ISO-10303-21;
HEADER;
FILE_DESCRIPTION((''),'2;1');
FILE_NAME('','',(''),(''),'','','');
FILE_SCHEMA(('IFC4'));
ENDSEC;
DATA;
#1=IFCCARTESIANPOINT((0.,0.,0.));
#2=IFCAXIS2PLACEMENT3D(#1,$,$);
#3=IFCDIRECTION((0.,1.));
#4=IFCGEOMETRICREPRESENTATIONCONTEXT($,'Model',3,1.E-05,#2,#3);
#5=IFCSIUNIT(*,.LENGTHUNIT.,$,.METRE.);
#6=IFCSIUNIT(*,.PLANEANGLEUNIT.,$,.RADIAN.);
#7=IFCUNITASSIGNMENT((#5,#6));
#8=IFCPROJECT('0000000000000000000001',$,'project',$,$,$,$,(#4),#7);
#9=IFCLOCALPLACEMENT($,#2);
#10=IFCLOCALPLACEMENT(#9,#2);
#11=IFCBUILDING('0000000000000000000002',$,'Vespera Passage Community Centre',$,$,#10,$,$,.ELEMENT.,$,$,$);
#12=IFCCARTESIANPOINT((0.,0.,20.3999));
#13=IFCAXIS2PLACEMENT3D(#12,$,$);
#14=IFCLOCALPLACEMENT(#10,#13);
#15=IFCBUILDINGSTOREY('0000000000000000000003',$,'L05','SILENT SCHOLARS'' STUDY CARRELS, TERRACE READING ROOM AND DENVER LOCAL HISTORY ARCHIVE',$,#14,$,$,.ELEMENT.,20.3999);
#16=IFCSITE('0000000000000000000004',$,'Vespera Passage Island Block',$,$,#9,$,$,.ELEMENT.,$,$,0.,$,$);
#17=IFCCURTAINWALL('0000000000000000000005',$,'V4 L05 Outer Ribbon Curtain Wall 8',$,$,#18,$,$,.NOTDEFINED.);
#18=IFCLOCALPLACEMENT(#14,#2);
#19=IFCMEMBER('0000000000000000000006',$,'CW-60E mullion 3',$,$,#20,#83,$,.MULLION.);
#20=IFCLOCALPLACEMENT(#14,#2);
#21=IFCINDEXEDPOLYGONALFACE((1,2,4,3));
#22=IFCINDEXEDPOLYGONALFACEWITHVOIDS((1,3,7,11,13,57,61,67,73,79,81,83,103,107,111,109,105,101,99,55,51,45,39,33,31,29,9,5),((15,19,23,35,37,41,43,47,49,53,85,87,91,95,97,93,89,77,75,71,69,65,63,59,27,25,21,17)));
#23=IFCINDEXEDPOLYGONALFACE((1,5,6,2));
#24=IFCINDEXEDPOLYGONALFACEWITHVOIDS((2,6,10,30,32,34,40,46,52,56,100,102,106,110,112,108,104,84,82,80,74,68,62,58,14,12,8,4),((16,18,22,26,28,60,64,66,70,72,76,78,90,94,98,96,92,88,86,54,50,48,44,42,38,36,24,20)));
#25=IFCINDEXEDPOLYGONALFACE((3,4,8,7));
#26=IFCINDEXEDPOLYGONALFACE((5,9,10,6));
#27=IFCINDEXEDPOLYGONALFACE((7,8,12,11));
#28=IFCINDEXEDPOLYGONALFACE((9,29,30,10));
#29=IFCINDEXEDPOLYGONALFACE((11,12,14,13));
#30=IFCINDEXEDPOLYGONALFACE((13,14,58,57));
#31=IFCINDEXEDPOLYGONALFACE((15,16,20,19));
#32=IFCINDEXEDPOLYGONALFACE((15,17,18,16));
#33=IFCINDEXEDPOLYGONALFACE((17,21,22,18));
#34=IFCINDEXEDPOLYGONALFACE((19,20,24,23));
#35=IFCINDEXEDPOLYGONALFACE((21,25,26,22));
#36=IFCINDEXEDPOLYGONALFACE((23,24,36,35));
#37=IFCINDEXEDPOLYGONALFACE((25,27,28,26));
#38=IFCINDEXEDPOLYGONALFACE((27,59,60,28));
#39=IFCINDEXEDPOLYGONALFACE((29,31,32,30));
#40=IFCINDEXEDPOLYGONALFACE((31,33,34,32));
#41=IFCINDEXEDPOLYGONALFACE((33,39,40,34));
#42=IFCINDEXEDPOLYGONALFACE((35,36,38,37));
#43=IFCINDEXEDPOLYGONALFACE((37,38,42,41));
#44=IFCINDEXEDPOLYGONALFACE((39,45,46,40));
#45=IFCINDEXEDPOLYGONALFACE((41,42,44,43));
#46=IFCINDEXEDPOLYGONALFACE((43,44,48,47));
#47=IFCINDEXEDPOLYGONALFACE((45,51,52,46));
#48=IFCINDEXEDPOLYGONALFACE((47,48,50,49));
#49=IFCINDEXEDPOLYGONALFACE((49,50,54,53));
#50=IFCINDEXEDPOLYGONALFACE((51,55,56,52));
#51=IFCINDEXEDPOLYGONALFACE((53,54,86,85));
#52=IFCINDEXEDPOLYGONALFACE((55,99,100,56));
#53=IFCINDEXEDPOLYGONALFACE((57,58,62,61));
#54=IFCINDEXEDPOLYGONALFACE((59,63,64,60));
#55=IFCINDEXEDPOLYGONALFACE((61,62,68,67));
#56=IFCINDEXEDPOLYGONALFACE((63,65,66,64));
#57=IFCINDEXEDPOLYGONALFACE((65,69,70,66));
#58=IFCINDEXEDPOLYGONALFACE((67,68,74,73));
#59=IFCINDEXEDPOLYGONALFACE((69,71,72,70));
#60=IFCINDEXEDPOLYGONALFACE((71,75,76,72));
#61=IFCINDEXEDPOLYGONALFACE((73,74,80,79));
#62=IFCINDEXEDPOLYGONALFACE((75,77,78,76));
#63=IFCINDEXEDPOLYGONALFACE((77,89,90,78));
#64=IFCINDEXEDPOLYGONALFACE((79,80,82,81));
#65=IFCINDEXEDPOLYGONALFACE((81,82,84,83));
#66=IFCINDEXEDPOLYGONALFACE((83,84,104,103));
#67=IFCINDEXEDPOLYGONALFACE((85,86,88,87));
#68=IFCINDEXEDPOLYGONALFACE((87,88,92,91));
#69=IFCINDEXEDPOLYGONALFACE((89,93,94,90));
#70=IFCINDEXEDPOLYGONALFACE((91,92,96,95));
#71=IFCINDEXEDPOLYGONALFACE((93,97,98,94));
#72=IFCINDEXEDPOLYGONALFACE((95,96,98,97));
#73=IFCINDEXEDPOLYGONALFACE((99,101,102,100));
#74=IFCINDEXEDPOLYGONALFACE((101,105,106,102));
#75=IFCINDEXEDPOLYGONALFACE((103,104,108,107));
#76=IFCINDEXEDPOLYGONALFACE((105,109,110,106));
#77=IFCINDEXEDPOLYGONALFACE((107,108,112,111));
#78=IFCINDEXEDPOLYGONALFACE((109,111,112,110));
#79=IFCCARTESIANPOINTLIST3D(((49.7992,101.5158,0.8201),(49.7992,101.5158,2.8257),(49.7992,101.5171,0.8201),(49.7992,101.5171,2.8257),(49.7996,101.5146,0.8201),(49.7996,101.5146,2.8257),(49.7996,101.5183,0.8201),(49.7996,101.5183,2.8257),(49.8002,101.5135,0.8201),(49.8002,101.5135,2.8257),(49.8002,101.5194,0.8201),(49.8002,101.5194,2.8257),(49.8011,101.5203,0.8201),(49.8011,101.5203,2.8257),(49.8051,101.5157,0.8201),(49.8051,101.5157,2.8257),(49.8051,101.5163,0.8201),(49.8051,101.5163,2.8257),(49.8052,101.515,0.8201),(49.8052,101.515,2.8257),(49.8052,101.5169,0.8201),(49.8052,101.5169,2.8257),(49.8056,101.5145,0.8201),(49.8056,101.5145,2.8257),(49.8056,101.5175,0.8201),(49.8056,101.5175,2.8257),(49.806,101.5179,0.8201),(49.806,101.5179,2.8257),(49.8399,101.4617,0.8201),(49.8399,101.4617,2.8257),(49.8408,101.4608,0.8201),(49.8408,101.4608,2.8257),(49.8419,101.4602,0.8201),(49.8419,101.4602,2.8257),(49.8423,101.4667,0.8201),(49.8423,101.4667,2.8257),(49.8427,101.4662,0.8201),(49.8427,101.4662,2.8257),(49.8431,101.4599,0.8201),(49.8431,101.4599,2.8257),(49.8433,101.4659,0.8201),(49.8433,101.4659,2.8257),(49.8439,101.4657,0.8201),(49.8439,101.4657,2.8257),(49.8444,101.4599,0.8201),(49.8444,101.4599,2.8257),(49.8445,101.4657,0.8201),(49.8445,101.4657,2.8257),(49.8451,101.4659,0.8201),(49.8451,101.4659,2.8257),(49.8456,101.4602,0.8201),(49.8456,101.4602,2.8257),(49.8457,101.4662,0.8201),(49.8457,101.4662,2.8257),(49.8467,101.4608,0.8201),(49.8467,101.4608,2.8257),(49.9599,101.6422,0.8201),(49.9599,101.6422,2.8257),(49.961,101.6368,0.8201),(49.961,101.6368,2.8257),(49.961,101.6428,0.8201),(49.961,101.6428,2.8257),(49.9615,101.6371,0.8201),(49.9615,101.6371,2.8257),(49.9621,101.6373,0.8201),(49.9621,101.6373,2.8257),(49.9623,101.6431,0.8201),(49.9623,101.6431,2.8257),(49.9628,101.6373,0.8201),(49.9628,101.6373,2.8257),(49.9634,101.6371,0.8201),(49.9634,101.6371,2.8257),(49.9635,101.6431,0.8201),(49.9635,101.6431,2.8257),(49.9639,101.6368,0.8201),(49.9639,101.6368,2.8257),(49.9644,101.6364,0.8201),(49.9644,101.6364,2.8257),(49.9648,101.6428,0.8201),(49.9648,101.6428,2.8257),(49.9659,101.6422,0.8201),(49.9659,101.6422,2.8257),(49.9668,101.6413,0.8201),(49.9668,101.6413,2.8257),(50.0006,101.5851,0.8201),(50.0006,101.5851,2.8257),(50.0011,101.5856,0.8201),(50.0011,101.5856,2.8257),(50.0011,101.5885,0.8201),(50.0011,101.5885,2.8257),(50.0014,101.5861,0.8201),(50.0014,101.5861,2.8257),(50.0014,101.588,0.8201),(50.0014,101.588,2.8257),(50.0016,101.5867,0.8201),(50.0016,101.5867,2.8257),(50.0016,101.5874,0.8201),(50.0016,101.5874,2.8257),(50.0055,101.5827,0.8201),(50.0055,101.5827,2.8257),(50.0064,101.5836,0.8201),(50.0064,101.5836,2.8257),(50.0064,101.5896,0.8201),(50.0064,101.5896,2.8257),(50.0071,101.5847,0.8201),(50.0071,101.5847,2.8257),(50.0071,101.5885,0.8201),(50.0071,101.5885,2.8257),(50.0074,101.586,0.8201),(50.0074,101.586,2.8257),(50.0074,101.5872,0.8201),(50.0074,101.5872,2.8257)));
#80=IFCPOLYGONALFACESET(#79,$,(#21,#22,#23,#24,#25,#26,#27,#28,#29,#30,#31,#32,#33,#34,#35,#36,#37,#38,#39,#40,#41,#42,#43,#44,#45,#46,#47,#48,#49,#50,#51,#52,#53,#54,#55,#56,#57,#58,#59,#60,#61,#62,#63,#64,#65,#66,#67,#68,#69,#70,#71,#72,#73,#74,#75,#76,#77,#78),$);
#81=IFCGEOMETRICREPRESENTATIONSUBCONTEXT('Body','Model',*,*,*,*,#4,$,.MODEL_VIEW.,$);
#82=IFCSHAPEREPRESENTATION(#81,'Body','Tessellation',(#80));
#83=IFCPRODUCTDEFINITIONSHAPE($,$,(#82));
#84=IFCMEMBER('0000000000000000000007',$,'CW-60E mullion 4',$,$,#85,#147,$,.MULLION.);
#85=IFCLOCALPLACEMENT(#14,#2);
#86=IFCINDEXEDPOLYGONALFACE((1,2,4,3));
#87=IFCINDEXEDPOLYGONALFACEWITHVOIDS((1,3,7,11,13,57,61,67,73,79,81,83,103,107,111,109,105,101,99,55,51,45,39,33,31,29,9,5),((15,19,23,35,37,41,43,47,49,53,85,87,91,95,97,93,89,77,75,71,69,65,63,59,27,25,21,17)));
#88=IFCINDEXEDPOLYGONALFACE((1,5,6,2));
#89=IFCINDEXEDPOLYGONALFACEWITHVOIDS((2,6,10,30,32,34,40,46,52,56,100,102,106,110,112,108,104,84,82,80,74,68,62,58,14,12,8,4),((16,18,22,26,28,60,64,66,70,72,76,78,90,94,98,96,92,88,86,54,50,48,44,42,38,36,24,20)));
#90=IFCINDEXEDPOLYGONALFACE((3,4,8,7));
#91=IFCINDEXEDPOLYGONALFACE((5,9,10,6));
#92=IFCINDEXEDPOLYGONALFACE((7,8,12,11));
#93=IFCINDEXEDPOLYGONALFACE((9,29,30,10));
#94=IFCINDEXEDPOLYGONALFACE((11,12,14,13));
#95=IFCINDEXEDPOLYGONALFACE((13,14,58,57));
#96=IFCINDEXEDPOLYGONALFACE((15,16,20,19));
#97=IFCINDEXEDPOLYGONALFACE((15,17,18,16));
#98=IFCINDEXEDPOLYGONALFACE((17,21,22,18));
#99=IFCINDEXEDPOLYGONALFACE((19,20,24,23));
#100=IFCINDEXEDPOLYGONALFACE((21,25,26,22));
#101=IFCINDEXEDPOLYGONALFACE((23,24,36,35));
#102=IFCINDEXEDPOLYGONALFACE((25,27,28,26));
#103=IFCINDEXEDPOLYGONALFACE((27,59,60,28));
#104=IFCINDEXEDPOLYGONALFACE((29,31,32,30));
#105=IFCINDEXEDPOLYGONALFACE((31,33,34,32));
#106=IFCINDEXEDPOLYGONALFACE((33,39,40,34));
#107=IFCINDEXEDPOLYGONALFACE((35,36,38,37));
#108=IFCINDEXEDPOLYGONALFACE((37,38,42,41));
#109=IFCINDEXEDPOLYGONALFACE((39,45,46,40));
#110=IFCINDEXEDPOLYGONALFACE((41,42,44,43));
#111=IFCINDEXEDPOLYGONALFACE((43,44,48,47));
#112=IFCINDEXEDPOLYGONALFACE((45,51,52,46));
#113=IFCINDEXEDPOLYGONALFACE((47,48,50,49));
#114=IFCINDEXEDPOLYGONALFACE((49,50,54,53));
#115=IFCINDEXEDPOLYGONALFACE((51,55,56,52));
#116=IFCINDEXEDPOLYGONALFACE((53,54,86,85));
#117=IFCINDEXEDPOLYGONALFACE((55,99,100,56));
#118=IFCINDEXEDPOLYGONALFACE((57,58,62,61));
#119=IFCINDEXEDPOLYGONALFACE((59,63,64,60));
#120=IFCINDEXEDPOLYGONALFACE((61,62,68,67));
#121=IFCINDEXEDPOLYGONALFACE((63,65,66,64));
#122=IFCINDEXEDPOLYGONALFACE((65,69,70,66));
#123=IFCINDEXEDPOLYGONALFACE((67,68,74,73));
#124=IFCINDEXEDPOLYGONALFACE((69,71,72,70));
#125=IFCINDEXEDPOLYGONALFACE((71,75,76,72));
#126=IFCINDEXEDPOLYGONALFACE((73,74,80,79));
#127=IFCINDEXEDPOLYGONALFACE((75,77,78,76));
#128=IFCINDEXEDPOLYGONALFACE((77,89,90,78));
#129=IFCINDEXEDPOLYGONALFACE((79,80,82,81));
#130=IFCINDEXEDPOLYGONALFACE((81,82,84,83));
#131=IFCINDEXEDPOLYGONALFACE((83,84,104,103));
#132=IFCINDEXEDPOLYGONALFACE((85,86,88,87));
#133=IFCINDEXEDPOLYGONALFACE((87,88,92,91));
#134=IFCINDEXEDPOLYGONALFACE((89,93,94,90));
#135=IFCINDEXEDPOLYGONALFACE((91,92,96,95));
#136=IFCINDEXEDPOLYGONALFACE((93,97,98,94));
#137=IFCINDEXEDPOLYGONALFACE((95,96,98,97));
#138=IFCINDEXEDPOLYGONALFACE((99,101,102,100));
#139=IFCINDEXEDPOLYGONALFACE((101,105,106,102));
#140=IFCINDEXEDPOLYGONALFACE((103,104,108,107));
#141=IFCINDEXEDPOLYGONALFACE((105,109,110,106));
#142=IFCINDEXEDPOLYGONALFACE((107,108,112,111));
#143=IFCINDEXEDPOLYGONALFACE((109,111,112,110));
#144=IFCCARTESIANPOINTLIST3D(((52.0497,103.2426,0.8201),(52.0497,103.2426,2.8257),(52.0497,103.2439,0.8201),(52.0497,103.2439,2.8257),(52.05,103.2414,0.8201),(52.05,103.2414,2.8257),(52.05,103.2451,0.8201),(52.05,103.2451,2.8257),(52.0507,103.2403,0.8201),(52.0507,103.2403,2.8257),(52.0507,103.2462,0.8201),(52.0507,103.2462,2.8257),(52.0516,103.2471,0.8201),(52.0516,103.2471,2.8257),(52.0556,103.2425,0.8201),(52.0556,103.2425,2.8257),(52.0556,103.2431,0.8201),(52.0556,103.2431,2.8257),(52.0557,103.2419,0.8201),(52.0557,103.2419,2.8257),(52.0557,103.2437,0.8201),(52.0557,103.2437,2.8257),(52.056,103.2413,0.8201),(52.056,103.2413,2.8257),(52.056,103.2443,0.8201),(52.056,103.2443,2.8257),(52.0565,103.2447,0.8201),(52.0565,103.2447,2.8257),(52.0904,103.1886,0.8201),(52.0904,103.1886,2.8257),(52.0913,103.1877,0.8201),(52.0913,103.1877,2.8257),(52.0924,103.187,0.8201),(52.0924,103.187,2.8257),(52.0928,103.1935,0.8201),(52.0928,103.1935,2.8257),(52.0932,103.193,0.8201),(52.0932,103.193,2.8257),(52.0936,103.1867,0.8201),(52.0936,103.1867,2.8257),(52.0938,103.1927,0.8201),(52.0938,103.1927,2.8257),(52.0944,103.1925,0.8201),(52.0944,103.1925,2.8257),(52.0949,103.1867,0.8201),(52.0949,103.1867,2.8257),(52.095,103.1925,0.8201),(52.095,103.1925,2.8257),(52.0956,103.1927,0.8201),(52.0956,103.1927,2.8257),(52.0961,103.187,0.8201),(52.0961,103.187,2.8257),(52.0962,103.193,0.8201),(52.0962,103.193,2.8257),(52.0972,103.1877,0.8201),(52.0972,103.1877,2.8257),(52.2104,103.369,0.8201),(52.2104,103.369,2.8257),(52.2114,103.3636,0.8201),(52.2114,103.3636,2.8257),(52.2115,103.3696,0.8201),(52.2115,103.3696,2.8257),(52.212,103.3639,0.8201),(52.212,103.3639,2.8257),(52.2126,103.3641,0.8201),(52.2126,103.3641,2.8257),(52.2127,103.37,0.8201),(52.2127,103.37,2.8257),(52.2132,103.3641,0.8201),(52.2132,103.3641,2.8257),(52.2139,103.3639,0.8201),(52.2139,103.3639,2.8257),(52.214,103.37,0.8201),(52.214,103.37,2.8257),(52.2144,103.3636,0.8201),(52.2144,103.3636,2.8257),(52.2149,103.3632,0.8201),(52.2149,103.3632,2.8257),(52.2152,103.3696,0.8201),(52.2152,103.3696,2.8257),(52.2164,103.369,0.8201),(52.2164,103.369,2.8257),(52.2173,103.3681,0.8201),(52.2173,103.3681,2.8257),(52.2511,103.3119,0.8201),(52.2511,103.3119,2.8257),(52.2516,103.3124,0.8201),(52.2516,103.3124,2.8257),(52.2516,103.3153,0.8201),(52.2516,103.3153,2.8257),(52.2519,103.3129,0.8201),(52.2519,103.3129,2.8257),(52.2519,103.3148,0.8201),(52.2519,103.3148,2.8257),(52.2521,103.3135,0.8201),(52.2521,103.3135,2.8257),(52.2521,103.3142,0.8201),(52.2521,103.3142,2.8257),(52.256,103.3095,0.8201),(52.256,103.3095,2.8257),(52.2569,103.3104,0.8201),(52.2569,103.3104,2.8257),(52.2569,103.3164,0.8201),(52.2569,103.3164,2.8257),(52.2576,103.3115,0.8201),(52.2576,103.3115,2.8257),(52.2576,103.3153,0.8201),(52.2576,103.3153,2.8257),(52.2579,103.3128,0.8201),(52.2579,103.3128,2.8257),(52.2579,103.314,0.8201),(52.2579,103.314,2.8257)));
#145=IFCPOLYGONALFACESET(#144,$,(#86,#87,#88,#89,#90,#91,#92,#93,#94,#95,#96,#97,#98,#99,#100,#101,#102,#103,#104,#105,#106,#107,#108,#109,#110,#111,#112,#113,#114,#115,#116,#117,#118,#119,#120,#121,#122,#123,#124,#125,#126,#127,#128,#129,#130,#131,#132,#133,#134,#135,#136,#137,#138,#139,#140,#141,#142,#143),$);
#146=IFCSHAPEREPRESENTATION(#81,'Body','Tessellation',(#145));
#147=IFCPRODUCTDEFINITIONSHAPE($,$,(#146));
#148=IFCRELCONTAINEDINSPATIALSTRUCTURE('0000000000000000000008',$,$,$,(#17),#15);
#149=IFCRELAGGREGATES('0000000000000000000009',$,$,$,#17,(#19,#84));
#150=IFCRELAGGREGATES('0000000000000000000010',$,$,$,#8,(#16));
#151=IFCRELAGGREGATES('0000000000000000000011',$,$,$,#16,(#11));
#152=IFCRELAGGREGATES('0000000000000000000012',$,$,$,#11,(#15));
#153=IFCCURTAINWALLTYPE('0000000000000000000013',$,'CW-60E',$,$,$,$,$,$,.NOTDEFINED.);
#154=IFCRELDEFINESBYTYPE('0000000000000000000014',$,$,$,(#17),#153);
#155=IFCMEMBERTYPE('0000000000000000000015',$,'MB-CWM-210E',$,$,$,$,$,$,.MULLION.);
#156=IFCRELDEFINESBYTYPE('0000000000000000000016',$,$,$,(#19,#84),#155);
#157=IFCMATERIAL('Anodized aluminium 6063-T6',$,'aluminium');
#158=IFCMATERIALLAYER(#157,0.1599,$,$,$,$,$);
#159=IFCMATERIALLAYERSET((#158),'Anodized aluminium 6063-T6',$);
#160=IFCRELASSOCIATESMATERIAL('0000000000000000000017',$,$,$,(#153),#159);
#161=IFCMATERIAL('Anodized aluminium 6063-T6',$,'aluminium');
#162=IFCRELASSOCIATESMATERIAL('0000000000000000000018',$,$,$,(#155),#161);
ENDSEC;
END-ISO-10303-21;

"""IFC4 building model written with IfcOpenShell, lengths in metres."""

from ifc_helpers import new_model, si_unit, direction, frame, origin, origin_2d, place, context, subcontext, project, spatial, hollow_rectangle, extrude, material, layer, layer_set, material_profile, profile_set, type_object, element, aggregate, save


model = new_model("IFC4")

# Units and contexts
model_context = context("Model", 3, precision=1e-05, world=origin(), true_north=direction((0.0, 1.0)))
body_context = subcontext(model_context, "Body", "Model", "MODEL_VIEW")
ifc_project = project(units=[si_unit("LENGTHUNIT", "METRE"), si_unit("PLANEANGLEUNIT", "RADIAN")], contexts=[model_context])

# Site, building, storey
site_placement = place(None, origin())
site = spatial("IfcSite", under=ifc_project, at=site_placement, Name="Vespera Passage Island Block", CompositionType="ELEMENT", RefElevation=0.0)
building_placement = place(site_placement, origin())
building = spatial("IfcBuilding", under=site, at=building_placement, Name="Vespera Passage Community Centre", CompositionType="ELEMENT")
storey_placement = place(building_placement, frame((0.0, 0.0, 20.3999)))
storey = spatial("IfcBuildingStorey", under=building, at=storey_placement, Name="L05", Description="SILENT SCHOLARS' STUDY CARRELS, TERRACE READING ROOM AND DENVER LOCAL HISTORY ARCHIVE", CompositionType="ELEMENT", Elevation=20.3999)

# Curtain wall, members
ifc_material_1 = material(Name="Anodized aluminium 6063-T6", Category="aluminium")
ifc_layer_1 = layer(ifc_material_1, 0.1599)
ifc_layer_set_1 = layer_set([ifc_layer_1], Name="Anodized aluminium 6063-T6")
curtain_wall_type_1 = type_object("IfcCurtainWallType", Name="CW-60E", PredefinedType="NOTDEFINED", material=ifc_layer_set_1)
curtain_wall_1_placement = place(storey_placement, origin())
curtain_wall_1 = element("IfcCurtainWall", 1, at=curtain_wall_1_placement, inside=storey, type_object=curtain_wall_type_1, Name="V4 L05 Outer Ribbon Curtain Wall 8", PredefinedType="NOTDEFINED")
ifc_material_2 = material(Name="Anodized aluminium 6063-T6", Category="aluminium")
ifc_material_profile_1 = material_profile(ifc_material_2, hollow_rectangle(XDim=0.075, YDim=0.21, WallThickness=0.0049, InnerFilletRadius=0.0024, OuterFilletRadius=0.0049, at=origin_2d()), Name="ALU210X75X5")
ifc_profile_set_1 = profile_set([ifc_material_profile_1], Name="Anodized aluminium 6063-T6")
member_type_1 = type_object("IfcMemberType", Name="MB-CWM-210E", PredefinedType="MULLION", material=ifc_profile_set_1)
member_1_placement = place(storey_placement, frame((49.9033, 101.5515, 0.8201), z_axis=(0.0, 0.0, 1.0), x_axis=(-0.608768, 0.793348, 0.0)))
member_1 = element("IfcMember", 2, at=member_1_placement, type_object=member_type_1, Name="CW-60E mullion 3", PredefinedType="MULLION", context=body_context, shape_type="SweptSolid", body=[
    extrude(hollow_rectangle(XDim=0.075, YDim=0.21, WallThickness=0.0049, InnerFilletRadius=0.0024, OuterFilletRadius=0.0049, at=origin_2d()), origin(), (0.0, 0.0, 1.0), 2.0056),
])
member_2_placement = place(storey_placement, frame((52.1538, 103.2783, 0.8201), z_axis=(0.0, 0.0, 1.0), x_axis=(-0.608768, 0.793348, 0.0)))
member_2 = element("IfcMember", 3, at=member_2_placement, type_object=member_type_1, Name="CW-60E mullion 4", PredefinedType="MULLION", context=body_context, shape_type="SweptSolid", body=[
    extrude(hollow_rectangle(XDim=0.075, YDim=0.21, WallThickness=0.0049, InnerFilletRadius=0.0024, OuterFilletRadius=0.0049, at=origin_2d()), origin(), (0.0, 0.0, 1.0), 2.0056),
])

aggregate(curtain_wall_1, [member_1, member_2])

save(model, "model.ifc")
